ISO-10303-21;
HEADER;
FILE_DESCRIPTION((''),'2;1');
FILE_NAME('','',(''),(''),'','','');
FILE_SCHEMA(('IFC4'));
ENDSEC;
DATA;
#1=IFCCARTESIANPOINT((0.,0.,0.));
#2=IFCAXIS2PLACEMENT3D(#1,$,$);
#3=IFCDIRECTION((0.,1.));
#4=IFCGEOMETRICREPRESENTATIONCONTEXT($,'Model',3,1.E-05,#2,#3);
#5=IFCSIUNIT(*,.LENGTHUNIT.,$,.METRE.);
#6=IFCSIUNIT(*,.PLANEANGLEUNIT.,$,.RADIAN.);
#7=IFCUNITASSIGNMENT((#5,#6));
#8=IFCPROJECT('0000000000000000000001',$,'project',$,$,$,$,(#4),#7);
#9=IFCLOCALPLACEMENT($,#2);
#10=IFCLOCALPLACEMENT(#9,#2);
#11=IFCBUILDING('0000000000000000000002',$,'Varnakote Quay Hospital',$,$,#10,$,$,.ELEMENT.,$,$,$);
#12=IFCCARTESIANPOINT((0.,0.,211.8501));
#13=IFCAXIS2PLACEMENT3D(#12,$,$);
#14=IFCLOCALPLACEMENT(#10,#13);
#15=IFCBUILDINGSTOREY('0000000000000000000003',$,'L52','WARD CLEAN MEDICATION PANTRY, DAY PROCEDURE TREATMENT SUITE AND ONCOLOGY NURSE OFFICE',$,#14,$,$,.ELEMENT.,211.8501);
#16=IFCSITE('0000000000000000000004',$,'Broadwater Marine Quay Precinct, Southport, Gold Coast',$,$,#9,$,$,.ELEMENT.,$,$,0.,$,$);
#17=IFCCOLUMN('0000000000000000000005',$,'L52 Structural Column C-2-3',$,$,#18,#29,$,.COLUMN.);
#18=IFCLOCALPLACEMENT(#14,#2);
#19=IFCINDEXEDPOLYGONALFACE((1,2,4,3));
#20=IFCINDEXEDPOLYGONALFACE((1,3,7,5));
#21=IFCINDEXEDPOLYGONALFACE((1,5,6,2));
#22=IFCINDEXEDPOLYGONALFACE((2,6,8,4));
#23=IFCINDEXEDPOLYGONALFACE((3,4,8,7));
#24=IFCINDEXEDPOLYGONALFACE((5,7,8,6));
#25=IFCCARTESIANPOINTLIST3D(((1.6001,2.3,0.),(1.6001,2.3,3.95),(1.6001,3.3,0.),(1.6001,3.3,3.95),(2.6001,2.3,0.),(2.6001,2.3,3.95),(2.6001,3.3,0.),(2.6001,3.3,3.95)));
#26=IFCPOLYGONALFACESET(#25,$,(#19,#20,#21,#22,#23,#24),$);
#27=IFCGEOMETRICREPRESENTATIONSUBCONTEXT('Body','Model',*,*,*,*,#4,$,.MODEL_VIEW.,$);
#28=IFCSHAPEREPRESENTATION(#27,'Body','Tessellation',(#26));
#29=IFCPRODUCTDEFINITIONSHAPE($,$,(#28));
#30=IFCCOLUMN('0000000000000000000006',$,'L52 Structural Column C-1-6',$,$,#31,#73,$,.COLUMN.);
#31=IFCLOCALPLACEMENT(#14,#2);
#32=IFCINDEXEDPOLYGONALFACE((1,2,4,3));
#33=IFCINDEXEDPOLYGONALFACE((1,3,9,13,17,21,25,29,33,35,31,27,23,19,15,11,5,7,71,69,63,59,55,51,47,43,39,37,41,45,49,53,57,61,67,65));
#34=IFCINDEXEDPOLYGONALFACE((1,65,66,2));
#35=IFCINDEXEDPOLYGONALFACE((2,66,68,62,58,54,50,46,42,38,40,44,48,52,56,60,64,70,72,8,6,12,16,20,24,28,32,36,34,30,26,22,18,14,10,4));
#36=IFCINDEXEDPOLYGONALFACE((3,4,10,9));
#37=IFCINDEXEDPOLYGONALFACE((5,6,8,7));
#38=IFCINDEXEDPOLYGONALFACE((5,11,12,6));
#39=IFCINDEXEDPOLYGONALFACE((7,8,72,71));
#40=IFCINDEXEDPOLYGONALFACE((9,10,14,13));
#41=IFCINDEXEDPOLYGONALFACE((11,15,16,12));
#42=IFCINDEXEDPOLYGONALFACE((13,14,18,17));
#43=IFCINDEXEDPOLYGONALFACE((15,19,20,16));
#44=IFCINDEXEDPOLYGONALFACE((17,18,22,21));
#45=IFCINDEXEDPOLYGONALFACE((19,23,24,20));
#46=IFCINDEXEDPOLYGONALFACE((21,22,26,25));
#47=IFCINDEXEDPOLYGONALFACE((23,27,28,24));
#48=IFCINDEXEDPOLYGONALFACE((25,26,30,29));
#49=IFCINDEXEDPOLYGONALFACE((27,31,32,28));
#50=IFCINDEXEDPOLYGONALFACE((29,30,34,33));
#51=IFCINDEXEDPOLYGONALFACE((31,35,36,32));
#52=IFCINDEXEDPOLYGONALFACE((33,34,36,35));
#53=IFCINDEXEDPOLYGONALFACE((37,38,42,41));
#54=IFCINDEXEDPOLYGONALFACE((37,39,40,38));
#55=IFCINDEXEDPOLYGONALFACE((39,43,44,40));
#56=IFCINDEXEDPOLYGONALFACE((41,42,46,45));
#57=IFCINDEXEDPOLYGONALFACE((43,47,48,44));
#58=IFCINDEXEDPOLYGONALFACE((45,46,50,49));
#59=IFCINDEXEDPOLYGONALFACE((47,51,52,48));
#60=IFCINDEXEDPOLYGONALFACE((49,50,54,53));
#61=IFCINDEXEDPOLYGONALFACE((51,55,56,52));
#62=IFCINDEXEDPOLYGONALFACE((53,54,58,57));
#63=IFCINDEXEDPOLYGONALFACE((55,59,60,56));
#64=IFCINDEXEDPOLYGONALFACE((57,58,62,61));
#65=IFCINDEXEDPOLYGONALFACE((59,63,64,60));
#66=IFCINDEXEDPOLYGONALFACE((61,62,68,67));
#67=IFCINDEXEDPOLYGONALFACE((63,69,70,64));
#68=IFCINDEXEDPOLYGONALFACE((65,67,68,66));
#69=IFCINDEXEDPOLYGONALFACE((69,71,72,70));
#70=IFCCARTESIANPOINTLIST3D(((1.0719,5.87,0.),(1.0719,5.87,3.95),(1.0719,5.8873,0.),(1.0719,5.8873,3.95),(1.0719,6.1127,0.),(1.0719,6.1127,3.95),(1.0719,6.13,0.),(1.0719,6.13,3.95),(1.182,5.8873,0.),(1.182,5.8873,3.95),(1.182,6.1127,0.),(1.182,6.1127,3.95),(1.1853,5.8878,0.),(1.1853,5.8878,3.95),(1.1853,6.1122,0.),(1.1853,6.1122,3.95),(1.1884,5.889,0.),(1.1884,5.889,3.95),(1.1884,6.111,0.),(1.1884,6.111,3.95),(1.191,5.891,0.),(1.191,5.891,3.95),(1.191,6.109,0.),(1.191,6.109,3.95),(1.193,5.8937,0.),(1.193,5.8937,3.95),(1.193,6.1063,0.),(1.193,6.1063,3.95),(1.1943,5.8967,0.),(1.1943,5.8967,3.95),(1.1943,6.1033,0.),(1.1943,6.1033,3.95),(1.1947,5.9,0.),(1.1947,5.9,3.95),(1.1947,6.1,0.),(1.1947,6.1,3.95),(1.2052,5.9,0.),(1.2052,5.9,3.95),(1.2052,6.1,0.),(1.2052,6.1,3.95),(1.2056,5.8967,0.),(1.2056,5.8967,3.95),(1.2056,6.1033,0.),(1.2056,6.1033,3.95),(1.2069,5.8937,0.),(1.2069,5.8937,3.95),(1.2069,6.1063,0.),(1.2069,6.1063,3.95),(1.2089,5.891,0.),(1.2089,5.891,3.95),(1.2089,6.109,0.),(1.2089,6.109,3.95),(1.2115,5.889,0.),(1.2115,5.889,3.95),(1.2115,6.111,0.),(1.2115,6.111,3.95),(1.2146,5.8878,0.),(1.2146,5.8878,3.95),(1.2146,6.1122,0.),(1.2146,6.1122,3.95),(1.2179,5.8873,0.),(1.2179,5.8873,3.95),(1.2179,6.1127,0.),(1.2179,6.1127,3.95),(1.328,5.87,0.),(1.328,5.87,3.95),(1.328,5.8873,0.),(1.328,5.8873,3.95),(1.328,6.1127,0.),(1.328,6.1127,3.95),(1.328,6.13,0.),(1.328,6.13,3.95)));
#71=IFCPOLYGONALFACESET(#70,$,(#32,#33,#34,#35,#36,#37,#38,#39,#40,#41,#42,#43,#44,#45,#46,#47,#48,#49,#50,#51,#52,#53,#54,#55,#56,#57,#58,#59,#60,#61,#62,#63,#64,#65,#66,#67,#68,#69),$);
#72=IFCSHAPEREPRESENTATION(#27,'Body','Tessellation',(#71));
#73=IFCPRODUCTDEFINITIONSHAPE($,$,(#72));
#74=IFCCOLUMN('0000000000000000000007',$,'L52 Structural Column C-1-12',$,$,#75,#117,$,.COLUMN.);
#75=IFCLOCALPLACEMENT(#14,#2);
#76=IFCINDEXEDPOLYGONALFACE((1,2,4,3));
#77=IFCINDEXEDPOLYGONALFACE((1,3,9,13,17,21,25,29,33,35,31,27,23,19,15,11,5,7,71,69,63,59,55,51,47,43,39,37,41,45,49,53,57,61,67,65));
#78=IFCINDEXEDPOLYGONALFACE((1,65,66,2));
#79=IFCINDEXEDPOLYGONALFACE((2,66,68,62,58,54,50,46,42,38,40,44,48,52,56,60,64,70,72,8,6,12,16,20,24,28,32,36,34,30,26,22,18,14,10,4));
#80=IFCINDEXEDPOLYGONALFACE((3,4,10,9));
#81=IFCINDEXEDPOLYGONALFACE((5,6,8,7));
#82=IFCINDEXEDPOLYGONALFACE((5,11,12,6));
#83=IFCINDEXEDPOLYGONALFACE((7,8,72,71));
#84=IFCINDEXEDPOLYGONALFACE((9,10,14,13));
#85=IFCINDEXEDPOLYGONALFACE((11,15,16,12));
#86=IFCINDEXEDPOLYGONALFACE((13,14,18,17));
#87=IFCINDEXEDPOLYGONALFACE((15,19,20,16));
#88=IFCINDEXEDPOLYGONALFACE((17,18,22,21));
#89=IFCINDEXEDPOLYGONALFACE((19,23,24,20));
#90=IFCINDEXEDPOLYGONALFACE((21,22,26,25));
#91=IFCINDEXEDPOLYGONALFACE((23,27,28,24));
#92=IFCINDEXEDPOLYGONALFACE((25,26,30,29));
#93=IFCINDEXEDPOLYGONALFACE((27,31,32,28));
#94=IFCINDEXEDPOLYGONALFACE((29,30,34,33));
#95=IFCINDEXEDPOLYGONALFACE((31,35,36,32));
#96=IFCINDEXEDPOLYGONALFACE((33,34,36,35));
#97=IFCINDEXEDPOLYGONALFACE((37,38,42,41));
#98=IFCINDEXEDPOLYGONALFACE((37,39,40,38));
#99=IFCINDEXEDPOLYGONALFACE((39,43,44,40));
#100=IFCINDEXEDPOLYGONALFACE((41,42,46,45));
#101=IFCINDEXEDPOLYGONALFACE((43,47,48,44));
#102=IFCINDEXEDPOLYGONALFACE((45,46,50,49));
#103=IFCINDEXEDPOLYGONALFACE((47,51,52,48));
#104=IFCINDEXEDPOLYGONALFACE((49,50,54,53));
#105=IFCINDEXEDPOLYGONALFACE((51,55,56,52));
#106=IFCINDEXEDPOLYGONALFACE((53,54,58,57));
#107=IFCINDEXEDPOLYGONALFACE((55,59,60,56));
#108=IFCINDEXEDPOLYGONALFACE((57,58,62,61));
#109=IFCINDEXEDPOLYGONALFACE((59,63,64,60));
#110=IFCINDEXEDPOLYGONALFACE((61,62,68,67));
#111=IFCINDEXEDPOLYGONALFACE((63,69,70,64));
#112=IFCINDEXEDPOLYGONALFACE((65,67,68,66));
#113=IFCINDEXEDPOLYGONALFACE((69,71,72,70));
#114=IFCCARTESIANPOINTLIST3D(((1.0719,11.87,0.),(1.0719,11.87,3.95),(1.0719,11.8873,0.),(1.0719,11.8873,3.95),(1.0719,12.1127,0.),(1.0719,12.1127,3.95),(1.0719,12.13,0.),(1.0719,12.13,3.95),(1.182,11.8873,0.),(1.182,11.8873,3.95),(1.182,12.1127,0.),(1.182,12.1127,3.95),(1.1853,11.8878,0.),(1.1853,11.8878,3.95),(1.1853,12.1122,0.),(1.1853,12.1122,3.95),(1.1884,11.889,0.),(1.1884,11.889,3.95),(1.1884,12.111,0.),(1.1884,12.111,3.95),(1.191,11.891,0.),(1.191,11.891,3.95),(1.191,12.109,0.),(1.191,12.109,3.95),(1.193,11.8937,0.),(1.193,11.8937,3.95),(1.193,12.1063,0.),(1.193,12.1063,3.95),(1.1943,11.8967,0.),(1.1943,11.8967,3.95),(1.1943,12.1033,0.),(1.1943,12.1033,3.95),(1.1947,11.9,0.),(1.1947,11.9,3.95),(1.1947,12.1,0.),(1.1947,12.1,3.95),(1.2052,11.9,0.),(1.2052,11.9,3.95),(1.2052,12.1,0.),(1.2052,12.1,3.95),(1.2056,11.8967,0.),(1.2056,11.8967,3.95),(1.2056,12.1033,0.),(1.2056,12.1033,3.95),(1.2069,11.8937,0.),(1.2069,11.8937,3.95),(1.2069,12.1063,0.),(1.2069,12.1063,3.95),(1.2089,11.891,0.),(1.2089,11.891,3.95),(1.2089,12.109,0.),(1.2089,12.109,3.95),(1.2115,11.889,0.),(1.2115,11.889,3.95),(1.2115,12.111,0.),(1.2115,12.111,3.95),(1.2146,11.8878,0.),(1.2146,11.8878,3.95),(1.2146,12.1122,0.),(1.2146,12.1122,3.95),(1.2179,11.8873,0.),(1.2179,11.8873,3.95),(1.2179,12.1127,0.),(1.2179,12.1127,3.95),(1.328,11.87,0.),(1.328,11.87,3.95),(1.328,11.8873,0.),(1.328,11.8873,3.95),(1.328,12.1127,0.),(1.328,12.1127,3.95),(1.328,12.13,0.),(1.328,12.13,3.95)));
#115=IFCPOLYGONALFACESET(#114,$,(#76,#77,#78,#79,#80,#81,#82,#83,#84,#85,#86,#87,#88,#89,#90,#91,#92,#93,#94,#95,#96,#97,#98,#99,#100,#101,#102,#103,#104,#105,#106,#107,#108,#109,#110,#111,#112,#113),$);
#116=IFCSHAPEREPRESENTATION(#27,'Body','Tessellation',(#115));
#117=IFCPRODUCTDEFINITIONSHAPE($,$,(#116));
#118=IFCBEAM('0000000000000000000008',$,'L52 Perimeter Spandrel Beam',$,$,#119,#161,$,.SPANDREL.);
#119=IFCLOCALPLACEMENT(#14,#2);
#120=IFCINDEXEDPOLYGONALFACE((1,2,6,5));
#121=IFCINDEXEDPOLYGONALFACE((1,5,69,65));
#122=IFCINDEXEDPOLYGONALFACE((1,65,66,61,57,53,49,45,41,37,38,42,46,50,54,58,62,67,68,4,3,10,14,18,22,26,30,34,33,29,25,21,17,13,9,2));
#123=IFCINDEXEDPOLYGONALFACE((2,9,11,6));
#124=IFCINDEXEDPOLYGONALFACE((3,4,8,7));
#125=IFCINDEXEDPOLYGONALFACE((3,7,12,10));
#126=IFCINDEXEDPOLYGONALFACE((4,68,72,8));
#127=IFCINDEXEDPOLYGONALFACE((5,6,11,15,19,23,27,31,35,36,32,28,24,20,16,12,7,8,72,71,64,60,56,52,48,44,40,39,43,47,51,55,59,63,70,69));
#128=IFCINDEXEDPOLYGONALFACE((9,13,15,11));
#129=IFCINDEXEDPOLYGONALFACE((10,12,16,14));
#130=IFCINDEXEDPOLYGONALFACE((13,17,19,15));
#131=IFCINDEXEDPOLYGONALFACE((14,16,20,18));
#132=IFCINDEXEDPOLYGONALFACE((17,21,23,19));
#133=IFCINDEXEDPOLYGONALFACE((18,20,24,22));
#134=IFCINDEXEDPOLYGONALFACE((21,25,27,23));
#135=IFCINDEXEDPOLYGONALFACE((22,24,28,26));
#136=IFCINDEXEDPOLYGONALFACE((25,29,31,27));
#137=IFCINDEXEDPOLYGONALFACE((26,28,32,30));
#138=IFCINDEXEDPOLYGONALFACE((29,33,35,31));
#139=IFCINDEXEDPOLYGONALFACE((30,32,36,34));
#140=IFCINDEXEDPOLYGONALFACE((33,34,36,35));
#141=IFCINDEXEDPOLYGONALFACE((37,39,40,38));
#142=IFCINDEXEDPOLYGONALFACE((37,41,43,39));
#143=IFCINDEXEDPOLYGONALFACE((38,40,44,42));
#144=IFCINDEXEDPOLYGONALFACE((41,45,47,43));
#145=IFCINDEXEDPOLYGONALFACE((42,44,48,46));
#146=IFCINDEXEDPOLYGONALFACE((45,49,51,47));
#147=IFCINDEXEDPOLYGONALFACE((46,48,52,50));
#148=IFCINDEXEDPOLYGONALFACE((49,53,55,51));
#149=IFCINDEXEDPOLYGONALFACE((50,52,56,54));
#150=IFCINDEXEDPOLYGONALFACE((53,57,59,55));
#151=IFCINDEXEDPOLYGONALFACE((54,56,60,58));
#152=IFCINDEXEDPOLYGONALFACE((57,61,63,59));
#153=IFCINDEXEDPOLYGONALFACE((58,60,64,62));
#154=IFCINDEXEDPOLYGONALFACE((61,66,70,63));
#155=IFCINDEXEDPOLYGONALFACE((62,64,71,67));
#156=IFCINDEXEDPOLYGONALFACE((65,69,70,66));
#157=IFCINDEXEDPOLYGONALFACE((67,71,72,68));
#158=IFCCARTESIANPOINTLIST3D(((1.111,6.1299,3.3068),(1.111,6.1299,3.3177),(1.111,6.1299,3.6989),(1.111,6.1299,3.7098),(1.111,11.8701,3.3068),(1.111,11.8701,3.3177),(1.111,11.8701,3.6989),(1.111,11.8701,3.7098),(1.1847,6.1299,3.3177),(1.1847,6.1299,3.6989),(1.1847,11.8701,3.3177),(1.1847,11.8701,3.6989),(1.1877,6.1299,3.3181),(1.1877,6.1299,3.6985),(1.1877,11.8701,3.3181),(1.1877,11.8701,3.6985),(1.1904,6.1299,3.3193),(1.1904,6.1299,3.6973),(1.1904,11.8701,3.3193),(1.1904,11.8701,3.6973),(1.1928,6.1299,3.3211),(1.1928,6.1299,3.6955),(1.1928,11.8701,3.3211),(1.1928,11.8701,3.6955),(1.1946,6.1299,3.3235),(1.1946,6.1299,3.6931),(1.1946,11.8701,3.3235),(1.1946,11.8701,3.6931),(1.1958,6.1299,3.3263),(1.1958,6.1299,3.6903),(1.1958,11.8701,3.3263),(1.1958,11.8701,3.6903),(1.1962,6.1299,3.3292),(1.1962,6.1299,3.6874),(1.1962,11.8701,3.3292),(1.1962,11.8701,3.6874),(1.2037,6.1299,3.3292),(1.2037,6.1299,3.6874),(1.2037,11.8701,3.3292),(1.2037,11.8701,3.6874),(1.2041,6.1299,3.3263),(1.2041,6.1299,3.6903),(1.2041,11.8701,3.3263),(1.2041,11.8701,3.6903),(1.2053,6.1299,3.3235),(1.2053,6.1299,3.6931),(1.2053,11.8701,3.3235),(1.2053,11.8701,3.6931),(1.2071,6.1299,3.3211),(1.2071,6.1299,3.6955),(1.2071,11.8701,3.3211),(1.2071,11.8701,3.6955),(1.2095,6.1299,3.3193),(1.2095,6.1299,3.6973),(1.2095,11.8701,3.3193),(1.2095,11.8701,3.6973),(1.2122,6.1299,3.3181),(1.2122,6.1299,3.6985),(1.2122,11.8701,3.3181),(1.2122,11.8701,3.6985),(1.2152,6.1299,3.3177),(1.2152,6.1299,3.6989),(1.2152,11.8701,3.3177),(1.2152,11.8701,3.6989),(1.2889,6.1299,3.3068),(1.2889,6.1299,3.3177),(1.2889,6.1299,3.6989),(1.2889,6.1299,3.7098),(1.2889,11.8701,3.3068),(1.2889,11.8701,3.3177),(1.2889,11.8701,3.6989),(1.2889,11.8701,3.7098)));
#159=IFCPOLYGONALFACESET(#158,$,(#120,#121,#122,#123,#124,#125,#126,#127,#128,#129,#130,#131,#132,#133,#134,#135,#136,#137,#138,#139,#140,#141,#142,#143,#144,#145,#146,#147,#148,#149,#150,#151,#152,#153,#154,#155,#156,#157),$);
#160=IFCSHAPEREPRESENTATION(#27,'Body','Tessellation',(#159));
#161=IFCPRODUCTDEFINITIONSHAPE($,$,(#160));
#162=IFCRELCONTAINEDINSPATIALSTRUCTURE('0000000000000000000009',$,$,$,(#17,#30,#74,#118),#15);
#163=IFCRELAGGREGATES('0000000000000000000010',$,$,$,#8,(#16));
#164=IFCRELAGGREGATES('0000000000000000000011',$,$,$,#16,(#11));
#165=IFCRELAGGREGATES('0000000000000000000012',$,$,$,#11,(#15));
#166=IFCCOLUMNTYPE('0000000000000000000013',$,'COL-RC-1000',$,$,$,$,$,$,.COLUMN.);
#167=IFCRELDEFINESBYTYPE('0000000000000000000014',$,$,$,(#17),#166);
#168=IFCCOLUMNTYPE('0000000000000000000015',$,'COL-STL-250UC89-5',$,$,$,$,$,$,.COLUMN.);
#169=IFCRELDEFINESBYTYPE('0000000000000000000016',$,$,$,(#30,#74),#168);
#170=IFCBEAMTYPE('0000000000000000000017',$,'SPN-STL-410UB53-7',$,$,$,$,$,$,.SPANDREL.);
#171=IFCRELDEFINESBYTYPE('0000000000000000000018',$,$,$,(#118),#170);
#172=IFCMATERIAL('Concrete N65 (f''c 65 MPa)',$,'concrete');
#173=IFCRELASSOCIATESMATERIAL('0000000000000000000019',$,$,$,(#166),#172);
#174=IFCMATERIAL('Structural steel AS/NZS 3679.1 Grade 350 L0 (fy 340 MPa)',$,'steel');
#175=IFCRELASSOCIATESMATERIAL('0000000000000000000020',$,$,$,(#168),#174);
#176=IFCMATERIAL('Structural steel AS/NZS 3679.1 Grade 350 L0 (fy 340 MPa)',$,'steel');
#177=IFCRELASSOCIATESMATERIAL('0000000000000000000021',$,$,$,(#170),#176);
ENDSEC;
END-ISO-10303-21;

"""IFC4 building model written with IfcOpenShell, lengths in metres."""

from ifc_helpers import new_model, si_unit, direction, frame, origin, origin_2d, place, context, subcontext, project, spatial, rectangle, i_section, extrude, material, material_profile, profile_set, type_object, element, save


model = new_model("IFC4")

# Units and contexts
model_context = context("Model", 3, precision=1e-05, world=origin(), true_north=direction((0.0, 1.0)))
body_context = subcontext(model_context, "Body", "Model", "MODEL_VIEW")
ifc_project = project(units=[si_unit("LENGTHUNIT", "METRE"), si_unit("PLANEANGLEUNIT", "RADIAN")], contexts=[model_context])

# Site, building, storey
site_placement = place(None, origin())
site = spatial("IfcSite", under=ifc_project, at=site_placement, Name="Broadwater Marine Quay Precinct, Southport, Gold Coast", CompositionType="ELEMENT", RefElevation=0.0)
building_placement = place(site_placement, origin())
building = spatial("IfcBuilding", under=site, at=building_placement, Name="Varnakote Quay Hospital", CompositionType="ELEMENT")
storey_placement = place(building_placement, frame((0.0, 0.0, 211.8501)))
storey = spatial("IfcBuildingStorey", under=building, at=storey_placement, Name="L52", Description="WARD CLEAN MEDICATION PANTRY, DAY PROCEDURE TREATMENT SUITE AND ONCOLOGY NURSE OFFICE", CompositionType="ELEMENT", Elevation=211.8501)

# Columns
ifc_material_1 = material(Name="Concrete N65 (f'c 65 MPa)", Category="concrete")
ifc_material_profile_1 = material_profile(ifc_material_1, rectangle(XDim=1.0, YDim=1.0, at=origin_2d()), Name="RC-COL-1000x1000")
ifc_profile_set_1 = profile_set([ifc_material_profile_1], Name="Concrete N65 (f'c 65 MPa)")
column_type_1 = type_object("IfcColumnType", Name="COL-RC-1000", PredefinedType="COLUMN", material=ifc_profile_set_1)
column_placement = place(storey_placement, frame((2.1001, 2.8, 0.0), z_axis=(0.0, 0.0, 1.0), x_axis=(1.0, 0.0, 0.0)))
element("IfcColumn", 1, at=column_placement, inside=storey, type_object=column_type_1, Name="L52 Structural Column C-2-3", PredefinedType="COLUMN", context=body_context, shape_type="SweptSolid", body=[
    extrude(rectangle(XDim=1.0, YDim=1.0, at=origin_2d()), origin(), (0.0, 0.0, 1.0), 3.95),
])
ifc_material_2 = material(Name="Structural steel AS/NZS 3679.1 Grade 350 L0 (fy 340 MPa)", Category="steel")
ifc_material_profile_2 = material_profile(ifc_material_2, i_section(OverallWidth=0.2561, OverallDepth=0.26, WebThickness=0.0105, FlangeThickness=0.0173, FilletRadius=0.0127, at=origin_2d()), Name="250UC89.5")
ifc_profile_set_2 = profile_set([ifc_material_profile_2], Name="Structural steel AS/NZS 3679.1 Grade 350 L0 (fy 340 MPa)")
column_type_2 = type_object("IfcColumnType", Name="COL-STL-250UC89-5", PredefinedType="COLUMN", material=ifc_profile_set_2)
for number, where, z_axis, x_axis, name in (
    (2, (1.2, 6.0, 0.0), (0.0, 0.0, 1.0), (1.0, 0.0, 0.0), "L52 Structural Column C-1-6"),
    (3, (1.2, 12.0, 0.0), (0.0, 0.0, 1.0), (1.0, 0.0, 0.0), "L52 Structural Column C-1-12"),
):
    element("IfcColumn", number, at=place(storey_placement, frame(where, z_axis=z_axis, x_axis=x_axis)), inside=storey, type_object=column_type_2, Name=name, PredefinedType="COLUMN", context=body_context, shape_type="SweptSolid", body=[
        extrude(i_section(OverallWidth=0.2561, OverallDepth=0.26, WebThickness=0.0105, FlangeThickness=0.0173, FilletRadius=0.0127, at=origin_2d()), origin(), (0.0, 0.0, 1.0), 3.95),
    ])

# Beam
ifc_material_3 = material(Name="Structural steel AS/NZS 3679.1 Grade 350 L0 (fy 340 MPa)", Category="steel")
ifc_material_profile_3 = material_profile(ifc_material_3, i_section(OverallWidth=0.178, OverallDepth=0.4031, WebThickness=0.0076, FlangeThickness=0.011, FilletRadius=0.0115, at=origin_2d()), Name="410UB53.7")
ifc_profile_set_3 = profile_set([ifc_material_profile_3], Name="Structural steel AS/NZS 3679.1 Grade 350 L0 (fy 340 MPa)")
beam_type_1 = type_object("IfcBeamType", Name="SPN-STL-410UB53-7", PredefinedType="SPANDREL", material=ifc_profile_set_3)
beam_1_placement = place(storey_placement, frame((1.2, 6.1299, 3.5083), z_axis=(0.0, 1.0, 0.0), x_axis=(-1.0, 0.0, 0.0)))
element("IfcBeam", 4, at=beam_1_placement, inside=storey, type_object=beam_type_1, Name="L52 Perimeter Spandrel Beam", PredefinedType="SPANDREL", context=body_context, shape_type="SweptSolid", body=[
    extrude(i_section(OverallWidth=0.178, OverallDepth=0.4031, WebThickness=0.0076, FlangeThickness=0.011, FilletRadius=0.0115, at=origin_2d()), origin(), (0.0, 0.0, 1.0), 5.7402),
])

save(model, "model.ifc")
